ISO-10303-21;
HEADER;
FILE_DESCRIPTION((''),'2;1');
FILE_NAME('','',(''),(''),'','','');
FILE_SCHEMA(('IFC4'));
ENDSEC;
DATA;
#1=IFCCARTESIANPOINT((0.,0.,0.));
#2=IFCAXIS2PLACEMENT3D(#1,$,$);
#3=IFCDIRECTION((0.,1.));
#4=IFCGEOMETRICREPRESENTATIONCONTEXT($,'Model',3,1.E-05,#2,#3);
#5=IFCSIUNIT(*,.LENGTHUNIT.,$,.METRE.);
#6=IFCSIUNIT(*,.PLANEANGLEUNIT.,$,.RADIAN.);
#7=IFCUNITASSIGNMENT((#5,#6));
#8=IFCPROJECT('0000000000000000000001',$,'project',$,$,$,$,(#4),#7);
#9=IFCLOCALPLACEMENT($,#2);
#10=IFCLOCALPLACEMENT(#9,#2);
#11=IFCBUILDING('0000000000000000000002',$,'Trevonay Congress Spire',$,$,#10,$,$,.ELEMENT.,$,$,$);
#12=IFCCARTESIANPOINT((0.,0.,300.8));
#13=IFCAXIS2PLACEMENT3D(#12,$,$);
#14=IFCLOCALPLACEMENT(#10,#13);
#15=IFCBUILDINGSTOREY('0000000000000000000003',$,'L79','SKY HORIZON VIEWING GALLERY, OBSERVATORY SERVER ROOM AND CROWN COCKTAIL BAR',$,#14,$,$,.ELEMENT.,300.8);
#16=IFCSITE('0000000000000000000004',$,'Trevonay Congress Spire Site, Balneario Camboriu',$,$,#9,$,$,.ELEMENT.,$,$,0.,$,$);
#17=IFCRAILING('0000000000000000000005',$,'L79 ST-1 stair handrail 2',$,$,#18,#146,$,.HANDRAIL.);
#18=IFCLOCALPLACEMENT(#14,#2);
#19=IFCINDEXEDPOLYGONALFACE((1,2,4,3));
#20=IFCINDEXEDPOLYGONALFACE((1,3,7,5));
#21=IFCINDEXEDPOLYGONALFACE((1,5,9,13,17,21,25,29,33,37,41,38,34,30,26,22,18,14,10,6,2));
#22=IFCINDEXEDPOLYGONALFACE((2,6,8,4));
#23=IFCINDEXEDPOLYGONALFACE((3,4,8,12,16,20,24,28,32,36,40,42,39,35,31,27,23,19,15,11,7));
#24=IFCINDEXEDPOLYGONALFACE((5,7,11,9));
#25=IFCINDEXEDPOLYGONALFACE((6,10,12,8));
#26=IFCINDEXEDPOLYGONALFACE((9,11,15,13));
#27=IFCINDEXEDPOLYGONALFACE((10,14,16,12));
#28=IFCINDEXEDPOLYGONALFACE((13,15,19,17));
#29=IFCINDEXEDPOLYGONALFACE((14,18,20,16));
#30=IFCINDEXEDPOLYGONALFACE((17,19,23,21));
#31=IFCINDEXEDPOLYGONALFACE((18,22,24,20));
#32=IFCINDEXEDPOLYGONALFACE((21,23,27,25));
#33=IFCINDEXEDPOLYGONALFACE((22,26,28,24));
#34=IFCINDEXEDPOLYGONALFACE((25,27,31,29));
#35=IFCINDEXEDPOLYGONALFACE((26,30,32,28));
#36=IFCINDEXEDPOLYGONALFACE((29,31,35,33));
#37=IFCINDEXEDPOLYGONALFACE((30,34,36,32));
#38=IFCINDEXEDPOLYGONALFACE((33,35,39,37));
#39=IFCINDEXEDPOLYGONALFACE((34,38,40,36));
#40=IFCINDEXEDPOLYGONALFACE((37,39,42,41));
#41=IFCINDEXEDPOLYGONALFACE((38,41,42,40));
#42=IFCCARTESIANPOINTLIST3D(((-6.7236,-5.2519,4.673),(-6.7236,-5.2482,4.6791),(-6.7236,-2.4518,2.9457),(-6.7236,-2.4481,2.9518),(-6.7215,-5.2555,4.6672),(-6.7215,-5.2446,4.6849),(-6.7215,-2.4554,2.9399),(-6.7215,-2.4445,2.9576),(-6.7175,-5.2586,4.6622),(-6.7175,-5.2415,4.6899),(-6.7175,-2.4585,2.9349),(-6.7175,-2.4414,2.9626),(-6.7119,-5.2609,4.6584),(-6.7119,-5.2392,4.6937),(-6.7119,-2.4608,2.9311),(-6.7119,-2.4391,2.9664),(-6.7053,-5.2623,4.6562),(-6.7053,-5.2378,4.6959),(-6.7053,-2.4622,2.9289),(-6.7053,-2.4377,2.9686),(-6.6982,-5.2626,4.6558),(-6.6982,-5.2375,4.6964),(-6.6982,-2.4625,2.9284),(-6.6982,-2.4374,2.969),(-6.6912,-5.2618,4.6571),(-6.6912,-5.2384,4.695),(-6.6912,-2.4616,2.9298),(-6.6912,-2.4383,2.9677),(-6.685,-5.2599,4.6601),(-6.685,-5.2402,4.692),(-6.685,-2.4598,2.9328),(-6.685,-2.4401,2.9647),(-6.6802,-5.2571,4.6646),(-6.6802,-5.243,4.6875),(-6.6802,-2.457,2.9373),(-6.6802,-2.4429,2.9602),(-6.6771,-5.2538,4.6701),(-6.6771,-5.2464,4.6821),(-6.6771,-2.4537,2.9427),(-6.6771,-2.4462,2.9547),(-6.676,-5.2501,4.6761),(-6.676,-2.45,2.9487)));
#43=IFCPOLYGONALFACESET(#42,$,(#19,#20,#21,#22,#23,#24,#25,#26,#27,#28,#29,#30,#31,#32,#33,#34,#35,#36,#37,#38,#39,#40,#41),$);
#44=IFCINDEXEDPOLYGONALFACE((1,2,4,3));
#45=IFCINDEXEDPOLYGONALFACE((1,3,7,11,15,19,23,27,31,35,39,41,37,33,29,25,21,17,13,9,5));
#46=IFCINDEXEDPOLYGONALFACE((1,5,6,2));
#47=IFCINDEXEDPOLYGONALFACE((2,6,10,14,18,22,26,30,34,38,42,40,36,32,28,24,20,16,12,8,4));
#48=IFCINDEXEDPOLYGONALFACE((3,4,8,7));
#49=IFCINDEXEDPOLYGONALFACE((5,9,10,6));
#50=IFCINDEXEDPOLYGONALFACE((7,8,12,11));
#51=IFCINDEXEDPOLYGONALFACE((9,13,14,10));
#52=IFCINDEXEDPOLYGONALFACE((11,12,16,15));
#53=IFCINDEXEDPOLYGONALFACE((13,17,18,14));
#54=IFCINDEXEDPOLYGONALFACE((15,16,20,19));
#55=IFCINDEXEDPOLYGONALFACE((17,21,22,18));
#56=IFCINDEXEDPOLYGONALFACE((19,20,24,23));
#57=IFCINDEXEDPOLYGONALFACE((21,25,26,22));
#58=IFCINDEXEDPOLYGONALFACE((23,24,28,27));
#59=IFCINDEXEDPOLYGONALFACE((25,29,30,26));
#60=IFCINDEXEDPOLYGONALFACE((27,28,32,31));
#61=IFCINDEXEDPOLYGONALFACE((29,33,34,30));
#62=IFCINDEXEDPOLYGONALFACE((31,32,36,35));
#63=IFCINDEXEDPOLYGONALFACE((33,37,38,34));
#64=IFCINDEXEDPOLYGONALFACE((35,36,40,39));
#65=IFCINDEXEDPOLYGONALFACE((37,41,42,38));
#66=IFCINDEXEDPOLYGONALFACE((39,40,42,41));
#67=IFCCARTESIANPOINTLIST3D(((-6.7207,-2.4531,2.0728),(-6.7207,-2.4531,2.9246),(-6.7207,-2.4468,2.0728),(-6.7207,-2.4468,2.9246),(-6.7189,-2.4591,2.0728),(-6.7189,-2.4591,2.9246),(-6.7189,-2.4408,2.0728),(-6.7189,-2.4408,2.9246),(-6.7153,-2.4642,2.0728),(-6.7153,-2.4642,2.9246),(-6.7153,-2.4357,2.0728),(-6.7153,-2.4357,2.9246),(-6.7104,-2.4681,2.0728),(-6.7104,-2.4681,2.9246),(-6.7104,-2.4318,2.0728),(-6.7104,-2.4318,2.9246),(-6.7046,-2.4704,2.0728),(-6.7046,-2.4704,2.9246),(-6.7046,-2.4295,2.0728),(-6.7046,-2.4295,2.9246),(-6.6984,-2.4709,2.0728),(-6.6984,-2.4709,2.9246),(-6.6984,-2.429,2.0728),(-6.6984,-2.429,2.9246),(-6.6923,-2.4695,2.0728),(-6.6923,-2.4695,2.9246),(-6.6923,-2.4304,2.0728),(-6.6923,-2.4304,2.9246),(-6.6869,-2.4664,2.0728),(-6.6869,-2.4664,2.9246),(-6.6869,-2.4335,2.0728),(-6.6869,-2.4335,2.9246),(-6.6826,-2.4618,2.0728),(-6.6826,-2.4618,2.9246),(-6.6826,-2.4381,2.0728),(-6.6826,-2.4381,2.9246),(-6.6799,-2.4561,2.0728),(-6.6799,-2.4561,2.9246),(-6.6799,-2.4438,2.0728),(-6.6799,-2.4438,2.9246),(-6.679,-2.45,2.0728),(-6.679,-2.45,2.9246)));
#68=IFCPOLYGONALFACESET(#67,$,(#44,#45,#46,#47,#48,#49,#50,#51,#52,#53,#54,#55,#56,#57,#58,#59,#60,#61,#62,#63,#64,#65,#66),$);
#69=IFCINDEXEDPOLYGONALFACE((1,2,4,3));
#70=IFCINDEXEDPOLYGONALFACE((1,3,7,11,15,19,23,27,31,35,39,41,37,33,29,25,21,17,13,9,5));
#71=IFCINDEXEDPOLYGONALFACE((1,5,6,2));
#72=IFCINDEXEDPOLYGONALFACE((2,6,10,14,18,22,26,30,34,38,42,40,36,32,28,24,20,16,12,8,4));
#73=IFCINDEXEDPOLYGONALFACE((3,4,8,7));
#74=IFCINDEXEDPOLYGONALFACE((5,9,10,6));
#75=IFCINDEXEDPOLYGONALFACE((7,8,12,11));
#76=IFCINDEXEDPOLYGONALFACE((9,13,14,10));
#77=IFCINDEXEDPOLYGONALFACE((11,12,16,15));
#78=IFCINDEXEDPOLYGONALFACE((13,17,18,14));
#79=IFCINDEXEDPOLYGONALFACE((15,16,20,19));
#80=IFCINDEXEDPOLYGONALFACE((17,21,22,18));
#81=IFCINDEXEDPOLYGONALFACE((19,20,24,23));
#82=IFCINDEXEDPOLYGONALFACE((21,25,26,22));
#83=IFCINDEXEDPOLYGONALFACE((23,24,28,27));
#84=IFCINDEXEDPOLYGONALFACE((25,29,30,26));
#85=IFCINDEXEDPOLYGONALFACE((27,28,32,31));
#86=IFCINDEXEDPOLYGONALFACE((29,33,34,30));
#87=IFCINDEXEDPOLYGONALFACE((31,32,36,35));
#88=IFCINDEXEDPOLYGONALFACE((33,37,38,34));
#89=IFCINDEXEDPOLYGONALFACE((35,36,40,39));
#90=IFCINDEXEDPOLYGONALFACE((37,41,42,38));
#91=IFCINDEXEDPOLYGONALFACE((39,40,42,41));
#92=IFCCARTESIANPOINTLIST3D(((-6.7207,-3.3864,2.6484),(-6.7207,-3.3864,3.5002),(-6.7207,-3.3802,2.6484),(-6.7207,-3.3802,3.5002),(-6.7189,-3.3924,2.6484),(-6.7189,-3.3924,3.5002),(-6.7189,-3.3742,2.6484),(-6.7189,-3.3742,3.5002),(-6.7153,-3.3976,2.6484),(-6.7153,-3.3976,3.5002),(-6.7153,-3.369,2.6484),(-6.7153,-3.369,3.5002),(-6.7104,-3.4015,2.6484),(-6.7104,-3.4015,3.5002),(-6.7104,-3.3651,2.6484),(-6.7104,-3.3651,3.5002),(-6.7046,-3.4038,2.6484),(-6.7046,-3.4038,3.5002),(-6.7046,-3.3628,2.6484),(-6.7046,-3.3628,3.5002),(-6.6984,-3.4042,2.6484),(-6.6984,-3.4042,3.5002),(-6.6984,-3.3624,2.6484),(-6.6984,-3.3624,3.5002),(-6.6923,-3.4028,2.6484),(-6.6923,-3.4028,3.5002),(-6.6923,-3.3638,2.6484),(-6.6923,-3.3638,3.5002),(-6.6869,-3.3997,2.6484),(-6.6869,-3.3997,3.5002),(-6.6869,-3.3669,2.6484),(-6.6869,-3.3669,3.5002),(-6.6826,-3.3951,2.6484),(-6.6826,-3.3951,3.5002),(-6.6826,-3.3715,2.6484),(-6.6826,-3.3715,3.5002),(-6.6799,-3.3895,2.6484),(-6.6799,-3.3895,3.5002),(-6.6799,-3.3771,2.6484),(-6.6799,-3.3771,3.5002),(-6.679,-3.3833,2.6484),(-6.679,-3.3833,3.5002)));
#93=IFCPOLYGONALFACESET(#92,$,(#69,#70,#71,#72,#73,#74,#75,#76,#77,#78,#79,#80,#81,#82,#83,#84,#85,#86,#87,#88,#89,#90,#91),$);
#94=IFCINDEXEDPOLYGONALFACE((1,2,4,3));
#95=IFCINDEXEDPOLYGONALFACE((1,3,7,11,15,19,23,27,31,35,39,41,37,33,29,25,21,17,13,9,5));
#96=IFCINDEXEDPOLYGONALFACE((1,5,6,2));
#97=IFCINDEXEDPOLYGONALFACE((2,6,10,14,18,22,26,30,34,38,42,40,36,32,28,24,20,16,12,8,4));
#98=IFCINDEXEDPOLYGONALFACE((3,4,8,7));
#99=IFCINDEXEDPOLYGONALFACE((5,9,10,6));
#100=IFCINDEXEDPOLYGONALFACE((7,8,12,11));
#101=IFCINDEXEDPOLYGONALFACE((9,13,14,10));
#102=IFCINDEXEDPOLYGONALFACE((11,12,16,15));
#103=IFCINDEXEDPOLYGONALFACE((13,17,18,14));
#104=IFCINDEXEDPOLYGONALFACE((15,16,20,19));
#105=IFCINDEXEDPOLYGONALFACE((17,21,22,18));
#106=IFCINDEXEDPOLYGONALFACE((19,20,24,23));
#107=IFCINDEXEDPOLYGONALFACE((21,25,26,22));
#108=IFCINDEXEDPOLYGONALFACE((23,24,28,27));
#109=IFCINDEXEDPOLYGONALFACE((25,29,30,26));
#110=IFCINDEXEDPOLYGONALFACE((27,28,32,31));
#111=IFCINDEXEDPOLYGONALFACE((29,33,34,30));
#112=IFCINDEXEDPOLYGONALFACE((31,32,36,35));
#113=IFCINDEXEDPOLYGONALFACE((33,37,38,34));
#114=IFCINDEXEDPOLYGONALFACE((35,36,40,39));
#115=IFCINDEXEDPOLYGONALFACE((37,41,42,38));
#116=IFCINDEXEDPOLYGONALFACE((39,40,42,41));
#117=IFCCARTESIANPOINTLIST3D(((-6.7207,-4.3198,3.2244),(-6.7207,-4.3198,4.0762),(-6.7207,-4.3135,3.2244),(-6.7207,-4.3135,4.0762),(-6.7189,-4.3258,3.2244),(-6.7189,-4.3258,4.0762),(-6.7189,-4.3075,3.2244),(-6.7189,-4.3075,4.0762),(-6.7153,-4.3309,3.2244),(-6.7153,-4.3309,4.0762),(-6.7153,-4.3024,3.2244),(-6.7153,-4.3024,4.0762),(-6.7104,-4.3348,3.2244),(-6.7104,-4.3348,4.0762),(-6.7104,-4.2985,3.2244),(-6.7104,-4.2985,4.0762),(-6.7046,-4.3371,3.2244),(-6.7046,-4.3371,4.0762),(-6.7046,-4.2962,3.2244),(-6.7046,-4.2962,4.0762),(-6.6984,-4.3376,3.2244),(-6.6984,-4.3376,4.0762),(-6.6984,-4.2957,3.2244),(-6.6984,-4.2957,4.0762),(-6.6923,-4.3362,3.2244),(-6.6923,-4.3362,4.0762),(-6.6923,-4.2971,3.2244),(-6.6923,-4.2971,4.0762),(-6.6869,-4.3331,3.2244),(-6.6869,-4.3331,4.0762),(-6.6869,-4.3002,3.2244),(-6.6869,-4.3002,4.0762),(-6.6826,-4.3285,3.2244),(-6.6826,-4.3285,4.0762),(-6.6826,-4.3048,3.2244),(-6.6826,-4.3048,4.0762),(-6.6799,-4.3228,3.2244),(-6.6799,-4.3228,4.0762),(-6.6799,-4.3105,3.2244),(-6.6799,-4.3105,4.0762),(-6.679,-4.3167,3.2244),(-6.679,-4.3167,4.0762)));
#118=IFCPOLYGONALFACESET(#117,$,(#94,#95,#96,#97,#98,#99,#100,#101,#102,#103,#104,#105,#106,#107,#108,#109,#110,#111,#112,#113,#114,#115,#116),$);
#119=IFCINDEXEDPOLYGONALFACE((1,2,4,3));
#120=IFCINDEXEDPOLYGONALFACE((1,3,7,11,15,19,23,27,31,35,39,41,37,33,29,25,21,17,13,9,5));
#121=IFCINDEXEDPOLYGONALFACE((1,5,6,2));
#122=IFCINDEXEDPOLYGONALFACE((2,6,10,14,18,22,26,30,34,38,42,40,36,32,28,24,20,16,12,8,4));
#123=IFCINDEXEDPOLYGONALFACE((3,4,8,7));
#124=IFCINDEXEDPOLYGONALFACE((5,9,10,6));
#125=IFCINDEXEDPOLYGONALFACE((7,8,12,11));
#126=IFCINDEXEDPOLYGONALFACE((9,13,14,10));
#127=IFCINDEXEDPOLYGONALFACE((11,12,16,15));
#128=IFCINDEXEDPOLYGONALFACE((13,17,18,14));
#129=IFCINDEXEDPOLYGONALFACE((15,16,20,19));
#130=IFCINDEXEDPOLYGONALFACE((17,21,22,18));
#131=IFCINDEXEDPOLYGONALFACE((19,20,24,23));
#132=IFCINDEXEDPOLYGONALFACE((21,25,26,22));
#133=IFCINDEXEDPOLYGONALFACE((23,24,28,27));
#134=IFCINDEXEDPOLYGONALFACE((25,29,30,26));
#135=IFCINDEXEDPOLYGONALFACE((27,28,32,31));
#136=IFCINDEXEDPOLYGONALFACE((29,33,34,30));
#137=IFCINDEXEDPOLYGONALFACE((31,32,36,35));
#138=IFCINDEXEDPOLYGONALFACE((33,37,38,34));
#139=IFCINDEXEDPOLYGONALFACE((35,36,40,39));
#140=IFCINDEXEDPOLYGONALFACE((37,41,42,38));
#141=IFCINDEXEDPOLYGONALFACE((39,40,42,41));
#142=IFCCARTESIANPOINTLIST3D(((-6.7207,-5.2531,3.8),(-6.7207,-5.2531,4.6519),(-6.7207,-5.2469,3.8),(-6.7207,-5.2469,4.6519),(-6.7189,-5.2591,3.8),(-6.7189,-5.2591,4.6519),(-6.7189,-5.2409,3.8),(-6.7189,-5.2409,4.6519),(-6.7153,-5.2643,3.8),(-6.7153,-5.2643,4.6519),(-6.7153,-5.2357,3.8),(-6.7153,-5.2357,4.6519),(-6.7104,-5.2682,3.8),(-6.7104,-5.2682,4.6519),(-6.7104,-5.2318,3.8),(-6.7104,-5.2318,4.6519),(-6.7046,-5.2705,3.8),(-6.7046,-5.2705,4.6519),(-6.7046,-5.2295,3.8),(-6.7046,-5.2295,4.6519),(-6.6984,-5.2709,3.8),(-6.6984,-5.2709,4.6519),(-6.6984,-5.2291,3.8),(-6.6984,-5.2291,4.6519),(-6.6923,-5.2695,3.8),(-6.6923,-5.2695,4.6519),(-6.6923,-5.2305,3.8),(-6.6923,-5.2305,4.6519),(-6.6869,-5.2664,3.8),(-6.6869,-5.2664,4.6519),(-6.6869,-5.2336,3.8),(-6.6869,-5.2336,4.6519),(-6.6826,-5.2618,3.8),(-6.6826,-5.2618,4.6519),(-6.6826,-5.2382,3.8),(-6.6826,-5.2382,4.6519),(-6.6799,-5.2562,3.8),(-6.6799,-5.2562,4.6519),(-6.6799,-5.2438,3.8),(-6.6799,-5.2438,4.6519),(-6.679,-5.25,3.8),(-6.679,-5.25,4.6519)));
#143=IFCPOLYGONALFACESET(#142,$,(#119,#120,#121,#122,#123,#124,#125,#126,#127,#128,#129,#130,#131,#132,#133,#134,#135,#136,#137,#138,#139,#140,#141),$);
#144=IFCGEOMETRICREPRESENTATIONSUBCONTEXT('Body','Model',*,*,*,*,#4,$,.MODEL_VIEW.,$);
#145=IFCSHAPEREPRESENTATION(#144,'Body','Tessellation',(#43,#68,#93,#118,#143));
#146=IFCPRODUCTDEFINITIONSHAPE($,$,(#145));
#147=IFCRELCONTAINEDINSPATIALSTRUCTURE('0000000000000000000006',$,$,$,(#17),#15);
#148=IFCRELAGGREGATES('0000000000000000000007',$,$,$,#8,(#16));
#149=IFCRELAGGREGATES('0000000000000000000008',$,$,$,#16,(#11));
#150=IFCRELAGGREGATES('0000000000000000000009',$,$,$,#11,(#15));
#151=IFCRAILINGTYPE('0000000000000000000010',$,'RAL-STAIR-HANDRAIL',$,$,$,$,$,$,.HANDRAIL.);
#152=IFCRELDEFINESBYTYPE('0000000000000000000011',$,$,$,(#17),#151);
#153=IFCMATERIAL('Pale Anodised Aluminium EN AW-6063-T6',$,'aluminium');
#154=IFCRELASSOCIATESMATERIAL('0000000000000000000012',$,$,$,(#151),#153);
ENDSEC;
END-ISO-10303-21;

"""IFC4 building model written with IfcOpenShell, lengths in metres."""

from ifc_helpers import new_model, si_unit, direction, frame, origin, origin_2d, place, context, subcontext, project, spatial, circle, extrude, material, type_object, element, save


model = new_model("IFC4")

# Units and contexts
model_context = context("Model", 3, precision=1e-05, world=origin(), true_north=direction((0.0, 1.0)))
body_context = subcontext(model_context, "Body", "Model", "MODEL_VIEW")
ifc_project = project(units=[si_unit("LENGTHUNIT", "METRE"), si_unit("PLANEANGLEUNIT", "RADIAN")], contexts=[model_context])

# Site, building, storey
site_placement = place(None, origin())
site = spatial("IfcSite", under=ifc_project, at=site_placement, Name="Trevonay Congress Spire Site, Balneario Camboriu", CompositionType="ELEMENT", RefElevation=0.0)
building_placement = place(site_placement, origin())
building = spatial("IfcBuilding", under=site, at=building_placement, Name="Trevonay Congress Spire", CompositionType="ELEMENT")
storey_placement = place(building_placement, frame((0.0, 0.0, 300.8)))
storey = spatial("IfcBuildingStorey", under=building, at=storey_placement, Name="L79", Description="SKY HORIZON VIEWING GALLERY, OBSERVATORY SERVER ROOM AND CROWN COCKTAIL BAR", CompositionType="ELEMENT", Elevation=300.8)

# Railing
ifc_material_1 = material(Name="Pale Anodised Aluminium EN AW-6063-T6", Category="aluminium")
railing_type_1 = type_object("IfcRailingType", Name="RAL-STAIR-HANDRAIL", PredefinedType="HANDRAIL", material=ifc_material_1)
railing_1_placement = place(storey_placement, frame((-6.7, -2.45, 2.0728)))
element("IfcRailing", 1, at=railing_1_placement, inside=storey, type_object=railing_type_1, Name="L79 ST-1 stair handrail 2", PredefinedType="HANDRAIL", context=body_context, shape_type="SweptSolid", body=[
    extrude(circle(Radius=0.0239, at=origin_2d()), frame((0.0, 0.0, 0.876), z_axis=(0.0, -0.85109, 0.52502), x_axis=(1.0, 0.0, 0.0)), (0.0, 0.0, 1.0), 3.29),
    extrude(circle(Radius=0.021, at=origin_2d()), origin(), (0.0, 0.0, 1.0), 0.8518),
    extrude(circle(Radius=0.021, at=origin_2d()), frame((0.0, -0.9333, 0.5757)), (0.0, 0.0, 1.0), 0.8518),
    extrude(circle(Radius=0.021, at=origin_2d()), frame((0.0, -1.8667, 1.1516)), (0.0, 0.0, 1.0), 0.8518),
    extrude(circle(Radius=0.021, at=origin_2d()), frame((0.0, -2.8, 1.7273)), (0.0, 0.0, 1.0), 0.8518),
])

save(model, "model.ifc")
